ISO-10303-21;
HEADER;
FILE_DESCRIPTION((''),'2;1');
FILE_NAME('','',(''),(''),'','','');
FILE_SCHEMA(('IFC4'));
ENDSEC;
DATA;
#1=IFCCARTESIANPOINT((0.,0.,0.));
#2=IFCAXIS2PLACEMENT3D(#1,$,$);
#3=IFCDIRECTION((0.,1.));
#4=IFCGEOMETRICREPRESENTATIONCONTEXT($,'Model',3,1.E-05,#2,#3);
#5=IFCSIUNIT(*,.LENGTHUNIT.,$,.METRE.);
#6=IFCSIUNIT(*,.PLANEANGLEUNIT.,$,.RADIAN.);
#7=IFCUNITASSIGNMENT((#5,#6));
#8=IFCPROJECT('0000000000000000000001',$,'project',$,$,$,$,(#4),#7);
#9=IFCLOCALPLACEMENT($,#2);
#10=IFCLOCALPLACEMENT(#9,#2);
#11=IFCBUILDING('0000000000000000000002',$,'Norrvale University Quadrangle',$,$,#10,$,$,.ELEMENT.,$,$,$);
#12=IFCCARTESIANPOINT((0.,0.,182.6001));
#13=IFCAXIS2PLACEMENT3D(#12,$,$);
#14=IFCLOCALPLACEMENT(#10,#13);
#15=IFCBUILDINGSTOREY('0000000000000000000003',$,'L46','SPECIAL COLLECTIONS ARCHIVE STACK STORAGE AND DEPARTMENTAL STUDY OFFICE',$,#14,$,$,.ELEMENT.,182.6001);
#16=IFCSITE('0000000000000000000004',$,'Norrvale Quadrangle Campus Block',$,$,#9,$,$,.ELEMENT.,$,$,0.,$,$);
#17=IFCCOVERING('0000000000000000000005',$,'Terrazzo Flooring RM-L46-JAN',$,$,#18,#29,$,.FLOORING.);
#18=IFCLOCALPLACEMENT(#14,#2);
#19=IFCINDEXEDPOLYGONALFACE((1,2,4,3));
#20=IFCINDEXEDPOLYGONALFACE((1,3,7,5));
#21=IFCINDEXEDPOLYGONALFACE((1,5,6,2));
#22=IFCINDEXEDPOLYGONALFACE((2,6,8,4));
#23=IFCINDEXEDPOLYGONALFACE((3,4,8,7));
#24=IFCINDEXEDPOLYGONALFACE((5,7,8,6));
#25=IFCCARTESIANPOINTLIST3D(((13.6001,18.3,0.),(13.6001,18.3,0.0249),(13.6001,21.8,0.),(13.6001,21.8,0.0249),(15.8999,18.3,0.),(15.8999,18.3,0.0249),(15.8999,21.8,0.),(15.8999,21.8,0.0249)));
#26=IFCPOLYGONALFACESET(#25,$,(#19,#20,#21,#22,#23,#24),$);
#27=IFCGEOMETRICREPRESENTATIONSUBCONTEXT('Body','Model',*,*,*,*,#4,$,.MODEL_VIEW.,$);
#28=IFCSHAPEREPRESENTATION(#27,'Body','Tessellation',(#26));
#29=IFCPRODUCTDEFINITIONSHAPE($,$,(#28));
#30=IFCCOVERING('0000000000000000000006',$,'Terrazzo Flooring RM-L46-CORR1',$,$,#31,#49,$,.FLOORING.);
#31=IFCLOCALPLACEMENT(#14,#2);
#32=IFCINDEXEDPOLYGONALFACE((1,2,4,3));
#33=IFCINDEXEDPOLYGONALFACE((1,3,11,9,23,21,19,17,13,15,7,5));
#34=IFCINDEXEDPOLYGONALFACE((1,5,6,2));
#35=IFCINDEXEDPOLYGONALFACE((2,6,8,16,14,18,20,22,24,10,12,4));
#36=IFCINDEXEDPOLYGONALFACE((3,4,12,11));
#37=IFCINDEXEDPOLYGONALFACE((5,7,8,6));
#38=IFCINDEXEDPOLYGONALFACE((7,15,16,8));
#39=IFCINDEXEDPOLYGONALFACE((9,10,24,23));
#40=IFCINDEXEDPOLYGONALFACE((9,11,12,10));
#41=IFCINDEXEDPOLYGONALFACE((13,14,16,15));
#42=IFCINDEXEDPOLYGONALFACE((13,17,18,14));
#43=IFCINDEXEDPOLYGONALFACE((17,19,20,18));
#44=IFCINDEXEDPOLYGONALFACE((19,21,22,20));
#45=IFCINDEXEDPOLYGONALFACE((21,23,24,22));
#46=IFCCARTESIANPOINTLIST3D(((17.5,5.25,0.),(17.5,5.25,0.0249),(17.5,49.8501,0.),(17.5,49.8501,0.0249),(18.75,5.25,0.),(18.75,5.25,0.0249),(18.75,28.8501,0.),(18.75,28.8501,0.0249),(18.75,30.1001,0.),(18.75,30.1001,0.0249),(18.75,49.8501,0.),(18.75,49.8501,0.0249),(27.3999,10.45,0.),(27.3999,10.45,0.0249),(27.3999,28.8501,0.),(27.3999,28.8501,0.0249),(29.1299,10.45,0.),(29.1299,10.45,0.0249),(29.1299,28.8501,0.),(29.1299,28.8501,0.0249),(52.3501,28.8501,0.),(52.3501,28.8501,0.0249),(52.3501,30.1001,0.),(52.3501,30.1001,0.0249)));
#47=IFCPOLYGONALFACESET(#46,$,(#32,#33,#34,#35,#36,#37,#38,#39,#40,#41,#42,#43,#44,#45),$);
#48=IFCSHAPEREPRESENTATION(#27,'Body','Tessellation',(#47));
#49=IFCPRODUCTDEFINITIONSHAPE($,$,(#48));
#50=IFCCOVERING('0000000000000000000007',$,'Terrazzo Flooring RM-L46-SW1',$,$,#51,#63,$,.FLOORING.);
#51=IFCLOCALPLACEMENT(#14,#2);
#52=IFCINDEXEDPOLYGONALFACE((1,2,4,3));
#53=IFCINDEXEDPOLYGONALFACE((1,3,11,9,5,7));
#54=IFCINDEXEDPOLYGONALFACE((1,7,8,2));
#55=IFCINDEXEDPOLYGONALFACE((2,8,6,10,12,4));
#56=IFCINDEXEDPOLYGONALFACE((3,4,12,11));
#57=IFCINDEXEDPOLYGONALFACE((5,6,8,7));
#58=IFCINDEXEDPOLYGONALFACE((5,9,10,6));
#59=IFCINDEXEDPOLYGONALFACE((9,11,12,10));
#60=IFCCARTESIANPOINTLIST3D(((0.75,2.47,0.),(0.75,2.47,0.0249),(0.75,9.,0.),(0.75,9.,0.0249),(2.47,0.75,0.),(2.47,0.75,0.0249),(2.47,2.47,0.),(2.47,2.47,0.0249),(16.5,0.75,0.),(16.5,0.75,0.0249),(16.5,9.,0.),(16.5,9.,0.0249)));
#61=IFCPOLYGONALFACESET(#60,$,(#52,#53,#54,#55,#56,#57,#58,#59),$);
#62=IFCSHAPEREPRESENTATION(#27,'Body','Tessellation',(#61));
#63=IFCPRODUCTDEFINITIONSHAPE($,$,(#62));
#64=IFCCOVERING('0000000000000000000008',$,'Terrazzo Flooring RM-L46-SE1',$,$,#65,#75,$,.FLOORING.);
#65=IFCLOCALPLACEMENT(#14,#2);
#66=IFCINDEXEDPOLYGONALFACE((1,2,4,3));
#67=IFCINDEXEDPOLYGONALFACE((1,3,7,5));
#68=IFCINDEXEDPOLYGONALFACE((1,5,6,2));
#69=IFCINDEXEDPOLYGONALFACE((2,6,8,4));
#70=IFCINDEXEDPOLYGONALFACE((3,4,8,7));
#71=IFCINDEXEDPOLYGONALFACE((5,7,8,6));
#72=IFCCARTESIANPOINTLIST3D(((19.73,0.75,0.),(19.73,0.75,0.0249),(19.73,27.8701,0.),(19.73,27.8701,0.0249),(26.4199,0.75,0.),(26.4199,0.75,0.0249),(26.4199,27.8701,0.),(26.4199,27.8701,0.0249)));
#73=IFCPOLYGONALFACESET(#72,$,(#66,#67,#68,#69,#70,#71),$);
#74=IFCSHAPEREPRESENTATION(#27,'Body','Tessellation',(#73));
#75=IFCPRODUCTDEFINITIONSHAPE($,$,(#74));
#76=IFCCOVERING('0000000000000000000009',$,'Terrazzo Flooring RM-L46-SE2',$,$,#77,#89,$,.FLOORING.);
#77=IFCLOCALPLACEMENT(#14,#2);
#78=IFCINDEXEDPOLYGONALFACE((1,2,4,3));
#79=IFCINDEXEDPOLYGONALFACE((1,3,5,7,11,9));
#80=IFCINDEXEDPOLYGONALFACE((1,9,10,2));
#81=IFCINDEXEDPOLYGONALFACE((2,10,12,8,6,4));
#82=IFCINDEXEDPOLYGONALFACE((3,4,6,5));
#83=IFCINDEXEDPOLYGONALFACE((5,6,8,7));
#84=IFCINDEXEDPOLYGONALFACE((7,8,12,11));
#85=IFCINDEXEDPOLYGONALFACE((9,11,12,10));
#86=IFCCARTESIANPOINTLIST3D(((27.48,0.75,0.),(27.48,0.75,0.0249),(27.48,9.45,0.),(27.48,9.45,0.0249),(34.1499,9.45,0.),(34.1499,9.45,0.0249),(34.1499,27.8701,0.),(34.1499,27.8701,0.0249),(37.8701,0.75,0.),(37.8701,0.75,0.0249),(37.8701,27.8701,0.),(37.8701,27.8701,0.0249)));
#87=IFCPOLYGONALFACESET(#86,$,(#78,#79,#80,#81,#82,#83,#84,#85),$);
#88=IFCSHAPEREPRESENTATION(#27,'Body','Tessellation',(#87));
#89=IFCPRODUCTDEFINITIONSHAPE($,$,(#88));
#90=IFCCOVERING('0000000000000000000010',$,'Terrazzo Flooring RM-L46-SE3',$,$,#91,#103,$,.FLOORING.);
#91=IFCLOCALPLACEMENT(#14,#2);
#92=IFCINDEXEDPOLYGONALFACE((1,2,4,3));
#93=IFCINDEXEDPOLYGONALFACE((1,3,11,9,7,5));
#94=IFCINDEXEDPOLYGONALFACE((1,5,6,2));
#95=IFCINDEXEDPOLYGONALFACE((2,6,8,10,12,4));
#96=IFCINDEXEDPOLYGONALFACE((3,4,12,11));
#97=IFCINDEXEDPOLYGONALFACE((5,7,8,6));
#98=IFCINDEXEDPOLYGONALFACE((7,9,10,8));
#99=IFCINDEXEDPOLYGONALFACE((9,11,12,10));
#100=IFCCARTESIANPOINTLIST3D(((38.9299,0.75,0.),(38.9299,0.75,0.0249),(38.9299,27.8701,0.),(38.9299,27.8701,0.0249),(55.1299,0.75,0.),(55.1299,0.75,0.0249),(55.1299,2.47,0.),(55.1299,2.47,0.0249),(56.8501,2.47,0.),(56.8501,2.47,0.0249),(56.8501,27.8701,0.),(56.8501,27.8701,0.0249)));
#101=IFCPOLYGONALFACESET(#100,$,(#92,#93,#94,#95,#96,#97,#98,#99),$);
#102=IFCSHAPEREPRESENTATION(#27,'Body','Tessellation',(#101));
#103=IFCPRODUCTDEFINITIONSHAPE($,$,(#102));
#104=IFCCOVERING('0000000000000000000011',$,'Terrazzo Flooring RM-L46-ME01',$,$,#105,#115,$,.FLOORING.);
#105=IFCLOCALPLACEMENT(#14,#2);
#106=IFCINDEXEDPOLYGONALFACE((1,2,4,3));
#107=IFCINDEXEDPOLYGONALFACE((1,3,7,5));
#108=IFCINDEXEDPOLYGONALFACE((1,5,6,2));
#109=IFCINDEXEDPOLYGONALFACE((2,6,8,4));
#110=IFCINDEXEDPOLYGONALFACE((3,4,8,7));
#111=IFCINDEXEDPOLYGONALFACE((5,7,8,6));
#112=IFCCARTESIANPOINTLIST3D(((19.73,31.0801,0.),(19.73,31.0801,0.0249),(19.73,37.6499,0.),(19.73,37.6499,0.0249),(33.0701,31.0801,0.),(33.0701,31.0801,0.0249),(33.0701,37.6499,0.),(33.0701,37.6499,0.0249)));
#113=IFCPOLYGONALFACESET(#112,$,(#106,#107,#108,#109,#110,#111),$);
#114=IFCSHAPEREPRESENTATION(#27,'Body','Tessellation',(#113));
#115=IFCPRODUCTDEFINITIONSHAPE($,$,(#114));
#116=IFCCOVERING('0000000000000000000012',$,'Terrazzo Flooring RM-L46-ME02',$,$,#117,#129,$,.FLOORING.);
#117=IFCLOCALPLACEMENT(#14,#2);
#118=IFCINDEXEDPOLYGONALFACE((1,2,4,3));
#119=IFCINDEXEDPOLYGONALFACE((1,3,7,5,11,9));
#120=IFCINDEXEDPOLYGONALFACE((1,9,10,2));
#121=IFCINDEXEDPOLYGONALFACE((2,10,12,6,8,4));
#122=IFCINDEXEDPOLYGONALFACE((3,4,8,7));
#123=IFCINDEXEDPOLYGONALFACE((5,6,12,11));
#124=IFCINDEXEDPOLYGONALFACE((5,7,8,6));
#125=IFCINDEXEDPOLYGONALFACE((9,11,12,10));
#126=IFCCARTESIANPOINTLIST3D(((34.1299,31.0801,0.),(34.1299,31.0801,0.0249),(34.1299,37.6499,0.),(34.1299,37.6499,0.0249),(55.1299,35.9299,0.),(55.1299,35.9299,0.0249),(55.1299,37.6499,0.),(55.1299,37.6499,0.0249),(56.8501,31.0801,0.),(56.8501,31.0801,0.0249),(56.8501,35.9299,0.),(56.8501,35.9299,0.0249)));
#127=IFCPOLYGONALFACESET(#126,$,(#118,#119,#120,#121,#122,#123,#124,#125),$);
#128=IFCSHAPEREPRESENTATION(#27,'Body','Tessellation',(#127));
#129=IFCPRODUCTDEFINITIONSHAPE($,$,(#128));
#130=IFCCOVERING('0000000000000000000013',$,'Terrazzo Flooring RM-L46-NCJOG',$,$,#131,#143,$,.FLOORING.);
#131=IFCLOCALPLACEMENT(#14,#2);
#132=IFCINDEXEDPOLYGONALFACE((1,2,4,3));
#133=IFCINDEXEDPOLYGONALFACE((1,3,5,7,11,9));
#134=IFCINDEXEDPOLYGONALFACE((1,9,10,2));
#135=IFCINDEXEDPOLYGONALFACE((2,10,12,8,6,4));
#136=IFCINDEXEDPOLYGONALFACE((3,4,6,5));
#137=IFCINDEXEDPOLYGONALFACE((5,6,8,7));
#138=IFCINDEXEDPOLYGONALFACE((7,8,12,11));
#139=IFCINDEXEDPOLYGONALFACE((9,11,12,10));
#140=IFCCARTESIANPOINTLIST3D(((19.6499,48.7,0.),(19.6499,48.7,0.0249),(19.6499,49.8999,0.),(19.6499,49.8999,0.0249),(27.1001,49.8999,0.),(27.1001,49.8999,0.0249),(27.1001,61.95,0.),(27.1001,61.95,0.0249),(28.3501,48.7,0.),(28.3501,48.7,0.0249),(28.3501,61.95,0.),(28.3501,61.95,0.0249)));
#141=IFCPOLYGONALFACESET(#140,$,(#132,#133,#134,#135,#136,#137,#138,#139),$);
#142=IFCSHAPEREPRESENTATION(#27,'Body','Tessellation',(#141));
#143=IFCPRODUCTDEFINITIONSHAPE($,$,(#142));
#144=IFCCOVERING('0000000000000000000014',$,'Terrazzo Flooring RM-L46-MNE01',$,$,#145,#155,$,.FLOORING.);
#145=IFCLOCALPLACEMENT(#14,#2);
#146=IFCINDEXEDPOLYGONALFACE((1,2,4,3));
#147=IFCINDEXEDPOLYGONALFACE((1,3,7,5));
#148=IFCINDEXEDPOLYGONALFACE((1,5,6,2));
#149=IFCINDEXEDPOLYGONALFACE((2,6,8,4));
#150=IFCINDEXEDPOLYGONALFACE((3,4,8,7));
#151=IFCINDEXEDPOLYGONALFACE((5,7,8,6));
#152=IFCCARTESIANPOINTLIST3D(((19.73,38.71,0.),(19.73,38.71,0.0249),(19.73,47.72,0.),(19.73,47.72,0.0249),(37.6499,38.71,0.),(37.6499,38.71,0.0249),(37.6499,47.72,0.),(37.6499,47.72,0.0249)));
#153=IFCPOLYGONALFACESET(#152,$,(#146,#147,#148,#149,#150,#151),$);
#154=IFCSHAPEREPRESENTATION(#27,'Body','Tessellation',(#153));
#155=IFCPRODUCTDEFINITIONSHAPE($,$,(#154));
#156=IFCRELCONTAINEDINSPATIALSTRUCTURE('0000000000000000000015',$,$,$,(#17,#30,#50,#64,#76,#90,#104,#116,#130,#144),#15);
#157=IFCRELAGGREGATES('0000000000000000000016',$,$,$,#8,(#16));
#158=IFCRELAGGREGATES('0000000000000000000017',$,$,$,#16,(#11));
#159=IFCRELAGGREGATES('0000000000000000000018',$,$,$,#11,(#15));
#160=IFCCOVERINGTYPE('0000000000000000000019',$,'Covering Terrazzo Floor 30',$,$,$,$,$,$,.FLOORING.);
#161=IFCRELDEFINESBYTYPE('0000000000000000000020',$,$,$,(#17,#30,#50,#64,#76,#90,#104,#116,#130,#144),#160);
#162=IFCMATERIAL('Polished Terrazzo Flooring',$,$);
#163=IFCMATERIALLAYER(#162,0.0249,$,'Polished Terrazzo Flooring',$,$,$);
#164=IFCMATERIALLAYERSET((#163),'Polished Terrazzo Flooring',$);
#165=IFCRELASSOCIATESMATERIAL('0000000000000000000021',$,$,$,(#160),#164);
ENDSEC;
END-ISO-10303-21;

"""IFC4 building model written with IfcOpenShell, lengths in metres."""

from ifc_helpers import new_model, si_unit, direction, frame, origin, place, context, subcontext, project, spatial, polyline, outline, extrude, material, layer, layer_set, type_object, element, save


model = new_model("IFC4")

# Units and contexts
model_context = context("Model", 3, precision=1e-05, world=origin(), true_north=direction((0.0, 1.0)))
body_context = subcontext(model_context, "Body", "Model", "MODEL_VIEW")
ifc_project = project(units=[si_unit("LENGTHUNIT", "METRE"), si_unit("PLANEANGLEUNIT", "RADIAN")], contexts=[model_context])

# Site, building, storey
site_placement = place(None, origin())
site = spatial("IfcSite", under=ifc_project, at=site_placement, Name="Norrvale Quadrangle Campus Block", CompositionType="ELEMENT", RefElevation=0.0)
building_placement = place(site_placement, origin())
building = spatial("IfcBuilding", under=site, at=building_placement, Name="Norrvale University Quadrangle", CompositionType="ELEMENT")
storey_placement = place(building_placement, frame((0.0, 0.0, 182.6001)))
storey = spatial("IfcBuildingStorey", under=building, at=storey_placement, Name="L46", Description="SPECIAL COLLECTIONS ARCHIVE STACK STORAGE AND DEPARTMENTAL STUDY OFFICE", CompositionType="ELEMENT", Elevation=182.6001)

# Coverings
ifc_material_1 = material(Name="Polished Terrazzo Flooring")
ifc_layer_1 = layer(ifc_material_1, 0.0249, Name="Polished Terrazzo Flooring")
ifc_layer_set_1 = layer_set([ifc_layer_1], Name="Polished Terrazzo Flooring")
covering_type_1 = type_object("IfcCoveringType", Name="Covering Terrazzo Floor 30", PredefinedType="FLOORING", material=ifc_layer_set_1)
covering_1_placement = place(storey_placement, origin())
element("IfcCovering", 1, at=covering_1_placement, inside=storey, type_object=covering_type_1, Name="Terrazzo Flooring RM-L46-JAN", PredefinedType="FLOORING", context=body_context, shape_type="SweptSolid", body=[
    extrude(outline(polyline([(13.6001, 18.3), (13.6001, 21.8), (15.8999, 21.8), (15.8999, 18.3), (13.6001, 18.3)])), origin(), (0.0, 0.0, 1.0), 0.0249),
])
covering_2_placement = place(storey_placement, origin())
element("IfcCovering", 2, at=covering_2_placement, inside=storey, type_object=covering_type_1, Name="Terrazzo Flooring RM-L46-CORR1", PredefinedType="FLOORING", context=body_context, shape_type="SweptSolid", body=[
    extrude(outline(polyline([(17.5, 5.25), (17.5, 49.8501), (18.75, 49.8501), (18.75, 30.1001), (52.3501, 30.1001), (52.3501, 28.8501), (29.1299, 28.8501), (29.1299, 10.45), (27.3999, 10.45), (27.3999, 28.8501), (18.75, 28.8501), (18.75, 5.25), (17.5, 5.25)])), origin(), (0.0, 0.0, 1.0), 0.0249),
])
covering_3_placement = place(storey_placement, origin())
element("IfcCovering", 3, at=covering_3_placement, inside=storey, type_object=covering_type_1, Name="Terrazzo Flooring RM-L46-SW1", PredefinedType="FLOORING", context=body_context, shape_type="SweptSolid", body=[
    extrude(outline(polyline([(0.75, 9.0), (16.5, 9.0), (16.5, 0.75), (2.47, 0.75), (2.47, 2.47), (0.75, 2.47), (0.75, 9.0)])), origin(), (0.0, 0.0, 1.0), 0.0249),
])
covering_4_placement = place(storey_placement, origin())
element("IfcCovering", 4, at=covering_4_placement, inside=storey, type_object=covering_type_1, Name="Terrazzo Flooring RM-L46-SE1", PredefinedType="FLOORING", context=body_context, shape_type="SweptSolid", body=[
    extrude(outline(polyline([(19.73, 27.8701), (26.4199, 27.8701), (26.4199, 0.75), (19.73, 0.75), (19.73, 27.8701)])), origin(), (0.0, 0.0, 1.0), 0.0249),
])
covering_5_placement = place(storey_placement, origin())
element("IfcCovering", 5, at=covering_5_placement, inside=storey, type_object=covering_type_1, Name="Terrazzo Flooring RM-L46-SE2", PredefinedType="FLOORING", context=body_context, shape_type="SweptSolid", body=[
    extrude(outline(polyline([(27.48, 9.45), (34.1499, 9.45), (34.1499, 27.8701), (37.8701, 27.8701), (37.8701, 0.75), (27.48, 0.75), (27.48, 9.45)])), origin(), (0.0, 0.0, 1.0), 0.0249),
])
covering_6_placement = place(storey_placement, origin())
element("IfcCovering", 6, at=covering_6_placement, inside=storey, type_object=covering_type_1, Name="Terrazzo Flooring RM-L46-SE3", PredefinedType="FLOORING", context=body_context, shape_type="SweptSolid", body=[
    extrude(outline(polyline([(38.9299, 0.75), (38.9299, 27.8701), (56.8501, 27.8701), (56.8501, 2.47), (55.1299, 2.47), (55.1299, 0.75), (38.9299, 0.75)])), origin(), (0.0, 0.0, 1.0), 0.0249),
])
covering_7_placement = place(storey_placement, origin())
element("IfcCovering", 7, at=covering_7_placement, inside=storey, type_object=covering_type_1, Name="Terrazzo Flooring RM-L46-ME01", PredefinedType="FLOORING", context=body_context, shape_type="SweptSolid", body=[
    extrude(outline(polyline([(19.73, 37.6499), (33.0701, 37.6499), (33.0701, 31.0801), (19.73, 31.0801), (19.73, 37.6499)])), origin(), (0.0, 0.0, 1.0), 0.0249),
])
covering_8_placement = place(storey_placement, origin())
element("IfcCovering", 8, at=covering_8_placement, inside=storey, type_object=covering_type_1, Name="Terrazzo Flooring RM-L46-ME02", PredefinedType="FLOORING", context=body_context, shape_type="SweptSolid", body=[
    extrude(outline(polyline([(56.8501, 31.0801), (34.1299, 31.0801), (34.1299, 37.6499), (55.1299, 37.6499), (55.1299, 35.9299), (56.8501, 35.9299), (56.8501, 31.0801)])), origin(), (0.0, 0.0, 1.0), 0.0249),
])
covering_9_placement = place(storey_placement, origin())
element("IfcCovering", 9, at=covering_9_placement, inside=storey, type_object=covering_type_1, Name="Terrazzo Flooring RM-L46-NCJOG", PredefinedType="FLOORING", context=body_context, shape_type="SweptSolid", body=[
    extrude(outline(polyline([(19.6499, 48.7), (19.6499, 49.8999), (27.1001, 49.8999), (27.1001, 61.95), (28.3501, 61.95), (28.3501, 48.7), (19.6499, 48.7)])), origin(), (0.0, 0.0, 1.0), 0.0249),
])
covering_10_placement = place(storey_placement, origin())
element("IfcCovering", 10, at=covering_10_placement, inside=storey, type_object=covering_type_1, Name="Terrazzo Flooring RM-L46-MNE01", PredefinedType="FLOORING", context=body_context, shape_type="SweptSolid", body=[
    extrude(outline(polyline([(19.73, 47.72), (37.6499, 47.72), (37.6499, 38.71), (19.73, 38.71), (19.73, 47.72)])), origin(), (0.0, 0.0, 1.0), 0.0249),
])

save(model, "model.ifc")
